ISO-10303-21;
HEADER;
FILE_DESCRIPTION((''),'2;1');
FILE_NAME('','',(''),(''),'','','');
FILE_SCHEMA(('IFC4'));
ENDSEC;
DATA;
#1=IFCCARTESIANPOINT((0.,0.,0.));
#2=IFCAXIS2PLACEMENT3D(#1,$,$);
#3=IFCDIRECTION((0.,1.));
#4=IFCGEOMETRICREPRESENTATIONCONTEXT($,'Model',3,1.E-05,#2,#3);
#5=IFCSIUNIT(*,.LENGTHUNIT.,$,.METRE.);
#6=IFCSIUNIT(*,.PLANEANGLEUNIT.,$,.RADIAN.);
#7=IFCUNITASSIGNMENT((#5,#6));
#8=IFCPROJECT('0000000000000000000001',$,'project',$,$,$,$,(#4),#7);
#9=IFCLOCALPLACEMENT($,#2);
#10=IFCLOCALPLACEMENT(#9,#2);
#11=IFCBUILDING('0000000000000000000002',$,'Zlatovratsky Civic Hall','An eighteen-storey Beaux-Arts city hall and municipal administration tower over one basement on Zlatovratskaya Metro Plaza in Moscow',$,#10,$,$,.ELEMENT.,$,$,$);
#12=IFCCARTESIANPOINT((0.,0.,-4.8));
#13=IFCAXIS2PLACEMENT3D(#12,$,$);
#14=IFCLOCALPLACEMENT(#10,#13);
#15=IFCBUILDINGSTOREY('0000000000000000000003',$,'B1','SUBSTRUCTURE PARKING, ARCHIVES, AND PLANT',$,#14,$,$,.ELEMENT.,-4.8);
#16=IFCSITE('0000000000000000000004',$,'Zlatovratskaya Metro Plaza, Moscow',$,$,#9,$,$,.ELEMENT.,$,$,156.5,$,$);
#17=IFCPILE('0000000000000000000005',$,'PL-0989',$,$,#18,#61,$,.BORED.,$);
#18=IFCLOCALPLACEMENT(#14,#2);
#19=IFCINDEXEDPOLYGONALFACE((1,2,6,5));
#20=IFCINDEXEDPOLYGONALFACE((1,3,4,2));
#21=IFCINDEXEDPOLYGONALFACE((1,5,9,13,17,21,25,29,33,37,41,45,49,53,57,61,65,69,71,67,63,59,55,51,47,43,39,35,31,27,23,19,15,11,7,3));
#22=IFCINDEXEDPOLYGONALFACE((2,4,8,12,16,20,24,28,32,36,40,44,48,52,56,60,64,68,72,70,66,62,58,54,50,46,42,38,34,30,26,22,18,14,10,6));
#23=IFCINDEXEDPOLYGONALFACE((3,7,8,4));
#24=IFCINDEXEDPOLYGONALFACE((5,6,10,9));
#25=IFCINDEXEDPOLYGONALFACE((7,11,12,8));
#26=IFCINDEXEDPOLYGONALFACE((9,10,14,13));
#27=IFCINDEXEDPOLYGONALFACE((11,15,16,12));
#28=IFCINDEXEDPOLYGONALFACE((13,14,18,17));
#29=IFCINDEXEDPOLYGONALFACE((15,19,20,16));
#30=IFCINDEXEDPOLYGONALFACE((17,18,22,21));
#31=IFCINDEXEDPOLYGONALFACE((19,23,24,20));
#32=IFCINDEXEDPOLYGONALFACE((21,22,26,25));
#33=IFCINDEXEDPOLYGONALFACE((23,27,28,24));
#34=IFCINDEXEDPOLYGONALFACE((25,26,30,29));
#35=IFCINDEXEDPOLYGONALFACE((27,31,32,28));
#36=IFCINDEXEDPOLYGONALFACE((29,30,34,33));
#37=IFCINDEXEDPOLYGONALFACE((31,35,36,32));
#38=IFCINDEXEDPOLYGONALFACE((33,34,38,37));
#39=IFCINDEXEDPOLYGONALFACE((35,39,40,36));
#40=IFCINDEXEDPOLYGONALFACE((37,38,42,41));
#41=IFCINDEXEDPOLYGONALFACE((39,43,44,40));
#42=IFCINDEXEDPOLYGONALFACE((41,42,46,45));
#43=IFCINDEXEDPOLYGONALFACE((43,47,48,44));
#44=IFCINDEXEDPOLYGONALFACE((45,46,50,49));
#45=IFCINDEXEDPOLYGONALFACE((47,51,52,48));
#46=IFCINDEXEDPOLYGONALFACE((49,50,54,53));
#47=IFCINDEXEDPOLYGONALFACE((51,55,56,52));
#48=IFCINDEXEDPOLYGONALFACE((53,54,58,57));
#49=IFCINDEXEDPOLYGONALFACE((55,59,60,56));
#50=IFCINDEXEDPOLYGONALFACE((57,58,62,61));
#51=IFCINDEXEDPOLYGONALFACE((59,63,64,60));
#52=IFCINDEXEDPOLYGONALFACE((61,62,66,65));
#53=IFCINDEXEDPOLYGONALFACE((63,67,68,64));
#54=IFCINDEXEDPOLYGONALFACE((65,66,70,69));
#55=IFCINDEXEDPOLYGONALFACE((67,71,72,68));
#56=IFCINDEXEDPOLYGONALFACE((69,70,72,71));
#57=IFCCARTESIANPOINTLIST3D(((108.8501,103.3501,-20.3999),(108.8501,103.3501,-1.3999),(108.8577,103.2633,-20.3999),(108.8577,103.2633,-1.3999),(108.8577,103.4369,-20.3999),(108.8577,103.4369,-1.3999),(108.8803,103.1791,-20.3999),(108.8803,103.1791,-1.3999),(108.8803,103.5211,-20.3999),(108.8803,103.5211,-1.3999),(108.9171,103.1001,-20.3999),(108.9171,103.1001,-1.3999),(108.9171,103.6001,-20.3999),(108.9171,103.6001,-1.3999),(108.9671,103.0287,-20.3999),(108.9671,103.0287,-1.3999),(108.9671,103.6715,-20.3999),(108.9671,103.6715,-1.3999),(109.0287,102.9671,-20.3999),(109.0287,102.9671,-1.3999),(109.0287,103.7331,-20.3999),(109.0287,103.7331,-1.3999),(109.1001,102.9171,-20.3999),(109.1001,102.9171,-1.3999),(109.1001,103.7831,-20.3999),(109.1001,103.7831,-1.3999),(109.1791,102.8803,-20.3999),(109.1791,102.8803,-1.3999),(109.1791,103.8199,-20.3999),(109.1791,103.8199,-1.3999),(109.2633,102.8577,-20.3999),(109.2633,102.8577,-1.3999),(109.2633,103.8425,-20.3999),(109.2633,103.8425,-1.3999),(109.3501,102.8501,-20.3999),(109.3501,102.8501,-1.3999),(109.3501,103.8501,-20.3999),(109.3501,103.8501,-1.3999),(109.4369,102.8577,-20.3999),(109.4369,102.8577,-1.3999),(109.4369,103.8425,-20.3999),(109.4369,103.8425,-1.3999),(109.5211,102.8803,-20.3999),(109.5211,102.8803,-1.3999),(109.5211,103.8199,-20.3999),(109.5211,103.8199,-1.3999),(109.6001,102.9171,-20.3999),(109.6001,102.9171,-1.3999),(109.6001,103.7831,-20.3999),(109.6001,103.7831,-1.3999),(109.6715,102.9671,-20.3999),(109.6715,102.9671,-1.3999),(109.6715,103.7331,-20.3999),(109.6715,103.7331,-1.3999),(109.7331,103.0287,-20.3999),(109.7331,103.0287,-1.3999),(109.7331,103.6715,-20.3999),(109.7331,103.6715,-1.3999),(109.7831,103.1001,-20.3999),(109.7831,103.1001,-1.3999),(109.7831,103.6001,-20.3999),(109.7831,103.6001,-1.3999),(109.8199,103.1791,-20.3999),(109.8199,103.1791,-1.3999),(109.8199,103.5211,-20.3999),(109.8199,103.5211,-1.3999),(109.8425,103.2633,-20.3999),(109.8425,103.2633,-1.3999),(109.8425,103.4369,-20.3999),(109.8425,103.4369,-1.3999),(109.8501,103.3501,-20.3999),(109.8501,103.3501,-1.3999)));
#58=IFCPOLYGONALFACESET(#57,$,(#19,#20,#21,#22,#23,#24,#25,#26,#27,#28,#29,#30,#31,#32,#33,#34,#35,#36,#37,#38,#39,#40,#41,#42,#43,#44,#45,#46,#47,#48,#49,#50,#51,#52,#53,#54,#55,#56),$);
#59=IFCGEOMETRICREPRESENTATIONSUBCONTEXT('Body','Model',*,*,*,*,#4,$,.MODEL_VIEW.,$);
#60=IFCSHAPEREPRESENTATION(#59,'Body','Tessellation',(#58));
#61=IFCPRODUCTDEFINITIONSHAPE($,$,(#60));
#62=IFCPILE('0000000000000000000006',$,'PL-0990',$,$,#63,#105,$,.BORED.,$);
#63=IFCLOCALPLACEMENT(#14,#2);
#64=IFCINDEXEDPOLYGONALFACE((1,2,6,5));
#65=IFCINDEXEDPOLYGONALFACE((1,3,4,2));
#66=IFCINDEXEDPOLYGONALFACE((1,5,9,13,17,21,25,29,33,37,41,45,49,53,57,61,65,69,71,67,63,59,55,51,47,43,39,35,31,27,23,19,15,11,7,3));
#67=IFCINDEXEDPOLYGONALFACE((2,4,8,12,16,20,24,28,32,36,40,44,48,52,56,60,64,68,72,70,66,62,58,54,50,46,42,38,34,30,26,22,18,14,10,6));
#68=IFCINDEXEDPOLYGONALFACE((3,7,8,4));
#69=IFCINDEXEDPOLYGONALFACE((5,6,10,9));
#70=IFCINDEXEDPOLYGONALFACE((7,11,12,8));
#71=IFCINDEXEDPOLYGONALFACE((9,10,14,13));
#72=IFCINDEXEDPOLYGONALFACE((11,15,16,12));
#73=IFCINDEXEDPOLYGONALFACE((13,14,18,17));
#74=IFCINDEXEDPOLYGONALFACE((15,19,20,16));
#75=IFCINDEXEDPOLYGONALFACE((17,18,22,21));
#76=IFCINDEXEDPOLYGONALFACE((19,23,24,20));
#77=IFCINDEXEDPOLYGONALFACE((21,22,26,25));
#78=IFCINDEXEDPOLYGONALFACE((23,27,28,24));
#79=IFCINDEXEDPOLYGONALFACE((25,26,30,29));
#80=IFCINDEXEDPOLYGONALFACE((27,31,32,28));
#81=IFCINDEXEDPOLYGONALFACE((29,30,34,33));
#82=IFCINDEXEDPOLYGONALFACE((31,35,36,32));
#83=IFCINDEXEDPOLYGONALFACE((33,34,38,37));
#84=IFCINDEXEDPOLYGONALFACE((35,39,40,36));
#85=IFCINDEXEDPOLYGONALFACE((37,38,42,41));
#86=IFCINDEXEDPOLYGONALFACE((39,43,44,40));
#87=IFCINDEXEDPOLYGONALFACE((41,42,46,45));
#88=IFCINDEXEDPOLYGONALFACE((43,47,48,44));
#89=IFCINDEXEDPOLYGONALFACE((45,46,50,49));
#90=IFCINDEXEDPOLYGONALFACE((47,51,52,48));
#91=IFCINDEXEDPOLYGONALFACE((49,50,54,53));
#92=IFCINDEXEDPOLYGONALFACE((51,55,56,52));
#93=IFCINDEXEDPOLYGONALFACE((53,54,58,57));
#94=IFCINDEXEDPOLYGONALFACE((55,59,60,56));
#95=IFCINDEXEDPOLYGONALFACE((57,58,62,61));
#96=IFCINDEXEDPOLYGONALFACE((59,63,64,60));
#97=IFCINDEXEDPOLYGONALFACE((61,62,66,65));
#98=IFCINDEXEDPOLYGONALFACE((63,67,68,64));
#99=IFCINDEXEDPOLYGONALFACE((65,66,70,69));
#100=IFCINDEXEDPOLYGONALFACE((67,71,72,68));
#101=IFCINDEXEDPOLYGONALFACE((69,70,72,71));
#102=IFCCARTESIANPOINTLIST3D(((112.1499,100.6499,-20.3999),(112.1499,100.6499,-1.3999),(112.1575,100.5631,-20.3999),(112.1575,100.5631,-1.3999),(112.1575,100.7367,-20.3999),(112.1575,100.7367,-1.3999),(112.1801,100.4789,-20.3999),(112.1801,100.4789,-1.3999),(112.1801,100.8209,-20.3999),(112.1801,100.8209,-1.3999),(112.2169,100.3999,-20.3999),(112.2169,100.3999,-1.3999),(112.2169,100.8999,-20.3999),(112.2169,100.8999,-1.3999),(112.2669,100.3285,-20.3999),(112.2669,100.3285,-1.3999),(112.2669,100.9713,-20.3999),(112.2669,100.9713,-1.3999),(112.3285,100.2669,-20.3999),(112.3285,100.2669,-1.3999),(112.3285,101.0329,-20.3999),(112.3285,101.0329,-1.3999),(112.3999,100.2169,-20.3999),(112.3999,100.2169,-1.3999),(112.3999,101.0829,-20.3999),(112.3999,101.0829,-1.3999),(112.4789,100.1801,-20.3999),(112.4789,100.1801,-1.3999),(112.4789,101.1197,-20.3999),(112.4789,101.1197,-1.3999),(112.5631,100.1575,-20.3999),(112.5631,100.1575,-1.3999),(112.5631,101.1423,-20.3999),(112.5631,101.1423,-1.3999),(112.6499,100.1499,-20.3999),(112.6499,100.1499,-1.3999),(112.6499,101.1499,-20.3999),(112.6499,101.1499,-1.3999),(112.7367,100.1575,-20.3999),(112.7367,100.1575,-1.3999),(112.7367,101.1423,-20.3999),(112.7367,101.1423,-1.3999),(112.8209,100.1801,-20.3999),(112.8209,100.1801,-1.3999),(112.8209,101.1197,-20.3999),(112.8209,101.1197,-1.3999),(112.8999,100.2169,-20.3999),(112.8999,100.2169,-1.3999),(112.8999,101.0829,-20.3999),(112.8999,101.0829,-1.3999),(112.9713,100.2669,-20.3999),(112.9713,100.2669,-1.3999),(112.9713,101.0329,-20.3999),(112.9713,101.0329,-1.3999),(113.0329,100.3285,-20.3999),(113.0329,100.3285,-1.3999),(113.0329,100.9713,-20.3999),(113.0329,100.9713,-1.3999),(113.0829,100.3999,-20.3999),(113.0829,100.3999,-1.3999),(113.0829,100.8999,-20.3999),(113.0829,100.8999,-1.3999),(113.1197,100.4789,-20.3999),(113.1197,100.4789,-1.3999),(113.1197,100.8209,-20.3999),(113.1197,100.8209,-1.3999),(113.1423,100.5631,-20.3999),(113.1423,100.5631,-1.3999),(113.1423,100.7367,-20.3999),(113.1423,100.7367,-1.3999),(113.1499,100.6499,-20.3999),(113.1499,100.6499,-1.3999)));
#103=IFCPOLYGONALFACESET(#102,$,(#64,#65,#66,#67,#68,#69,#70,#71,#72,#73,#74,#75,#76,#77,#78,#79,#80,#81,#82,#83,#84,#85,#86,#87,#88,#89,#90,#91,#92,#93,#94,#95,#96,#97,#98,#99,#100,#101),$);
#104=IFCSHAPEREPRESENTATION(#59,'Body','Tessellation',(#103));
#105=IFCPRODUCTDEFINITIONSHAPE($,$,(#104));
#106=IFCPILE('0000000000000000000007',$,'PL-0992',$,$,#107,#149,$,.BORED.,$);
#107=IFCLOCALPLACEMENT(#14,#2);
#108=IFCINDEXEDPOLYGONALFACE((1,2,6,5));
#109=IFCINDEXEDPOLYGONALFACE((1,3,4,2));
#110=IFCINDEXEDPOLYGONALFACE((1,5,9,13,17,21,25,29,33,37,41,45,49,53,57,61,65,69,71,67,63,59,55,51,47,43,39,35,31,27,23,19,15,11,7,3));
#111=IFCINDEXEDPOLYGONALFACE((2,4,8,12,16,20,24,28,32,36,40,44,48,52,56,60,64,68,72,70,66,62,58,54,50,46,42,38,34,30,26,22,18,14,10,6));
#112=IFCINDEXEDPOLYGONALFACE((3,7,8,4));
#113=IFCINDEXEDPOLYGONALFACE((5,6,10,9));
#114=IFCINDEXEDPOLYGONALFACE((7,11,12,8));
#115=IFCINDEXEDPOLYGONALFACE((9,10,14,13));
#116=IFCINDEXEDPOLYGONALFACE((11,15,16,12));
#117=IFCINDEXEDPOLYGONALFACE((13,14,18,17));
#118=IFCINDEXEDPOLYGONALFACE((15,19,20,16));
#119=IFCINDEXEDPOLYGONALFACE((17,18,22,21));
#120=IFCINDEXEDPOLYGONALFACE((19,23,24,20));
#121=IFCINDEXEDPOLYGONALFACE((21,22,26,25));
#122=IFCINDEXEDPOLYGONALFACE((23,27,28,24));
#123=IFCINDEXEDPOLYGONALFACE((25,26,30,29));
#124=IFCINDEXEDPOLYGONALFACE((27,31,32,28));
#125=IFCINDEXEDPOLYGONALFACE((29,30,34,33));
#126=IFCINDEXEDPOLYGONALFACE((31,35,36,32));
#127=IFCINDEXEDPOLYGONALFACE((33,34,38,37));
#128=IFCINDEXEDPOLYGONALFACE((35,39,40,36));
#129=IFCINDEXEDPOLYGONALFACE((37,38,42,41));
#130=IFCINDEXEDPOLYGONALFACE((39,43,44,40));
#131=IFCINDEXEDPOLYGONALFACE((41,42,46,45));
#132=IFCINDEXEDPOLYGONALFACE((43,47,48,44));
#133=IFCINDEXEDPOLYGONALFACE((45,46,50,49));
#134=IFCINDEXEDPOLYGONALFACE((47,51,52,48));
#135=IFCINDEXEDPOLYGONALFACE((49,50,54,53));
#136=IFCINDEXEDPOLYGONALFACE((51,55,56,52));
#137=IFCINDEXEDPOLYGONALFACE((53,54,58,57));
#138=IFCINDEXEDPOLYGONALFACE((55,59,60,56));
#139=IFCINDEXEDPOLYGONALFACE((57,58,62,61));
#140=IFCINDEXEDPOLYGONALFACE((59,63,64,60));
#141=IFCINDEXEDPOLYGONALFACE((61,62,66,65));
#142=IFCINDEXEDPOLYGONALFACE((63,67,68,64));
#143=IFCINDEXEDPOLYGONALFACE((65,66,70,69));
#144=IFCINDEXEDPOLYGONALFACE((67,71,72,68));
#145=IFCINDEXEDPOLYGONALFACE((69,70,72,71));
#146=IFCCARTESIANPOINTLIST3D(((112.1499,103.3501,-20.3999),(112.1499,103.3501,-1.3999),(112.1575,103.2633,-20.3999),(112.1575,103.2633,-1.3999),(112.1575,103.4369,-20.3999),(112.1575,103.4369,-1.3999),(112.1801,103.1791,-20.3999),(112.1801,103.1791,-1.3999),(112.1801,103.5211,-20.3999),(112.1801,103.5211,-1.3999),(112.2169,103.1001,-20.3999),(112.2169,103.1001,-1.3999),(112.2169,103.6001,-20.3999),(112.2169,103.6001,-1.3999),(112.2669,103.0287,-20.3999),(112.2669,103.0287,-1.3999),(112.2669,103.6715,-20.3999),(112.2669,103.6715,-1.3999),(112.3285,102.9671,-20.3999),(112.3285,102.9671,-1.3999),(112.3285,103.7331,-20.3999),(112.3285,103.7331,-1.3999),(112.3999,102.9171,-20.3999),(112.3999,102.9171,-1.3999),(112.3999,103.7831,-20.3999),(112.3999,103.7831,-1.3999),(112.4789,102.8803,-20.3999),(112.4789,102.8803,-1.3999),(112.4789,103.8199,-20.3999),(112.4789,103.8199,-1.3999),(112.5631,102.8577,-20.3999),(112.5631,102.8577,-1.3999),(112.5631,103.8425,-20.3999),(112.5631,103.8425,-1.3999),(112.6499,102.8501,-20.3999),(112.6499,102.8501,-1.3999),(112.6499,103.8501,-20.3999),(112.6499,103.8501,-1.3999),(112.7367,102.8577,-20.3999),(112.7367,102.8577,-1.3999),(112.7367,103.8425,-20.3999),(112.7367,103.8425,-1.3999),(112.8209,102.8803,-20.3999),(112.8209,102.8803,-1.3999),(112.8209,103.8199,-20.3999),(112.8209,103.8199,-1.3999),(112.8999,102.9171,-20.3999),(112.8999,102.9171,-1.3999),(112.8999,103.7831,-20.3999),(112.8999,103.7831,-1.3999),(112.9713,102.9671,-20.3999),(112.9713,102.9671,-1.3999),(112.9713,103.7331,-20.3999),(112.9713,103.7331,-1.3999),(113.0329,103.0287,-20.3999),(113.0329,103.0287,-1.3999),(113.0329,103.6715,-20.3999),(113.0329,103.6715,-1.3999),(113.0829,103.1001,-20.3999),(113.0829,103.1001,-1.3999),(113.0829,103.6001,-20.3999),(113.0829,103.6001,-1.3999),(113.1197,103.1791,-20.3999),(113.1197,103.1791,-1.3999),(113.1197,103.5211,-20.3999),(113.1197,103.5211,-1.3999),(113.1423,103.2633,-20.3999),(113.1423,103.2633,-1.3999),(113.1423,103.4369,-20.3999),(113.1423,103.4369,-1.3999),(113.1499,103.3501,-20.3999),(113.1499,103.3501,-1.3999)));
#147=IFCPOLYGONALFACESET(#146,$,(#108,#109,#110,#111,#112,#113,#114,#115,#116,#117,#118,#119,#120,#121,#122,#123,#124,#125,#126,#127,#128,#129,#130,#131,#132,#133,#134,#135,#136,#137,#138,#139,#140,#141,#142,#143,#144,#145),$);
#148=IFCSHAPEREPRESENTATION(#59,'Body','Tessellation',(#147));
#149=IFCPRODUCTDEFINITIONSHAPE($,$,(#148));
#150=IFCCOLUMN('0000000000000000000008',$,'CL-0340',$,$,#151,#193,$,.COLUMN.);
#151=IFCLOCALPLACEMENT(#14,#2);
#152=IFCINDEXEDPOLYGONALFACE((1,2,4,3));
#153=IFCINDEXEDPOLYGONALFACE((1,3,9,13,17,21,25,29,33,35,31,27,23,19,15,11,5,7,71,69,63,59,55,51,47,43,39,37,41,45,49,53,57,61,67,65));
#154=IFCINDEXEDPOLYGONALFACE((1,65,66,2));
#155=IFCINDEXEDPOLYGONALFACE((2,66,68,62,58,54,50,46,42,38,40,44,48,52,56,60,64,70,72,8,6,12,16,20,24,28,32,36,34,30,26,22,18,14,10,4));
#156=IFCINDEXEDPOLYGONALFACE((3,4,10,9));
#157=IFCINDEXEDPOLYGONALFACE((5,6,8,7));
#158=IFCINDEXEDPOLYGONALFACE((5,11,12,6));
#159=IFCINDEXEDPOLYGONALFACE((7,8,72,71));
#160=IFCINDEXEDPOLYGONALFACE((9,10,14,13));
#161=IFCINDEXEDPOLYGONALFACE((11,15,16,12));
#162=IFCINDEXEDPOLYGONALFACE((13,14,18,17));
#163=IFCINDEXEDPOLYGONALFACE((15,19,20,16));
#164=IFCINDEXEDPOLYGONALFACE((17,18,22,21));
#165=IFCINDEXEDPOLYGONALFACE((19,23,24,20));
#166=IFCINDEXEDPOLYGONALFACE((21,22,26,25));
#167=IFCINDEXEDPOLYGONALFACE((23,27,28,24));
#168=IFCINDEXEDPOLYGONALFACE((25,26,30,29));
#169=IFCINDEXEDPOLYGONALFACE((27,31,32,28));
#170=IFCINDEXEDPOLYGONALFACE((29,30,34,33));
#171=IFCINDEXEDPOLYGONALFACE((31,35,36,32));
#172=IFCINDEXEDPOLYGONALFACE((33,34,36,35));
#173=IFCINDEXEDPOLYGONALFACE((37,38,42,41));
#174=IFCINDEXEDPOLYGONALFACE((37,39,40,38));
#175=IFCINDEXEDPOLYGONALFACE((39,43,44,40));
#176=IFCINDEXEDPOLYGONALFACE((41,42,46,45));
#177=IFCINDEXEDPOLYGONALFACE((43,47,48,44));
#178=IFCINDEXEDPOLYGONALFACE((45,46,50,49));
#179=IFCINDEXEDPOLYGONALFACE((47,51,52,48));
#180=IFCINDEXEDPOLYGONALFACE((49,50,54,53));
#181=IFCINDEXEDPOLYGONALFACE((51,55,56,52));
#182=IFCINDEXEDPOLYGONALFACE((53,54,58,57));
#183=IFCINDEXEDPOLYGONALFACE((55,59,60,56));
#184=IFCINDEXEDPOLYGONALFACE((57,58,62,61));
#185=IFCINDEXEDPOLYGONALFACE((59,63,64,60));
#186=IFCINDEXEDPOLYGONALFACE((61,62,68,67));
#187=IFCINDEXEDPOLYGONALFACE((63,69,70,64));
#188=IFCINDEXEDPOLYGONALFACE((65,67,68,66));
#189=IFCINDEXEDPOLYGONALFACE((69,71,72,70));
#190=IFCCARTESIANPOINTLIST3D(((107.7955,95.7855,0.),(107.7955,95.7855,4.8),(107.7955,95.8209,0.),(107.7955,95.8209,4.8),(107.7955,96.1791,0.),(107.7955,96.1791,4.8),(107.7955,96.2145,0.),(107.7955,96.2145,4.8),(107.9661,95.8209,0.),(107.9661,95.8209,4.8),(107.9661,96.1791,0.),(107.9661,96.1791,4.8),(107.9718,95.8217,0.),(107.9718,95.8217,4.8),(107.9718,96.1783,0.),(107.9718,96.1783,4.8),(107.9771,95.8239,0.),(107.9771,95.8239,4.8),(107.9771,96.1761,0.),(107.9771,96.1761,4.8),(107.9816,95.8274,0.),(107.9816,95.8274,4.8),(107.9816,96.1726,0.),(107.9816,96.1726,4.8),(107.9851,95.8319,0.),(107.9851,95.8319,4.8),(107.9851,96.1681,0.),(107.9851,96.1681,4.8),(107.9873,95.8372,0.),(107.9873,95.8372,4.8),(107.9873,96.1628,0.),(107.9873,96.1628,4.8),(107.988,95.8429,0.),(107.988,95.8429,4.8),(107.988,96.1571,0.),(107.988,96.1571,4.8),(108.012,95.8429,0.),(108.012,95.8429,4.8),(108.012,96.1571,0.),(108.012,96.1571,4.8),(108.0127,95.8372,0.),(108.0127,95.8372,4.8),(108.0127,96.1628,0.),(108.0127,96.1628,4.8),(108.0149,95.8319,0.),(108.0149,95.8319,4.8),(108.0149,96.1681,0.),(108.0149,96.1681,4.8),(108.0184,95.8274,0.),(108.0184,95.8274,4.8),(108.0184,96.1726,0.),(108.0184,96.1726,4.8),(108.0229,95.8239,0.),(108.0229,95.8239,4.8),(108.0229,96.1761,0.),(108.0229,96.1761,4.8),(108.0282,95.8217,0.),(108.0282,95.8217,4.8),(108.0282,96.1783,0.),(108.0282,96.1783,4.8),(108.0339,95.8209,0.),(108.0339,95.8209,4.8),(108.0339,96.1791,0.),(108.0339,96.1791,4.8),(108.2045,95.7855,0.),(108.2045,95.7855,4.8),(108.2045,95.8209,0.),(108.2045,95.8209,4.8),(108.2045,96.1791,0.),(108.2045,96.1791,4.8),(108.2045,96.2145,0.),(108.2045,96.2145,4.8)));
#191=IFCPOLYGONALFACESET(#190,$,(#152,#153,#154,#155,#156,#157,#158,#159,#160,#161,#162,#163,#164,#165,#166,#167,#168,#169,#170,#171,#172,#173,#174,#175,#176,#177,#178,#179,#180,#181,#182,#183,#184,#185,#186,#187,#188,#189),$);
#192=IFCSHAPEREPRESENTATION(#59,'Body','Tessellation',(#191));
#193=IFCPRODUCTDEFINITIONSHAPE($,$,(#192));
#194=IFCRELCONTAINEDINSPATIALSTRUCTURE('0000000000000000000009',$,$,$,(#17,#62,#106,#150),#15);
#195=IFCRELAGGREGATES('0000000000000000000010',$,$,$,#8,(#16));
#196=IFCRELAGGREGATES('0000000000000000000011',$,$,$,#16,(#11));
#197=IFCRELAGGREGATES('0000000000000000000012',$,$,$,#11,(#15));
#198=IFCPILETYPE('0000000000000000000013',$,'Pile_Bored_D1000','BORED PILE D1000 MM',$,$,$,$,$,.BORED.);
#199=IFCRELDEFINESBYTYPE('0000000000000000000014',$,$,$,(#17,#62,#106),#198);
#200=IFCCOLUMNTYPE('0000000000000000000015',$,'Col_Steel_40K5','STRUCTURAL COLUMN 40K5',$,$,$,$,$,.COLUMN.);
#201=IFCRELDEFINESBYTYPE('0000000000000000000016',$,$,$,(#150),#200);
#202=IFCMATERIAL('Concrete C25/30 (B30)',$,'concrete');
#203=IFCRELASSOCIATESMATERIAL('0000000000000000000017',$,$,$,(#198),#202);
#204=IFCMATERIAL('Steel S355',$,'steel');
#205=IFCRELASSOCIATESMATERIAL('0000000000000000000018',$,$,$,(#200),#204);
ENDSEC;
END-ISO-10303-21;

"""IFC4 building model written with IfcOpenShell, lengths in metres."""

from ifc_helpers import new_model, si_unit, direction, frame, origin, origin_2d, place, context, subcontext, project, spatial, circle, i_section, extrude, material, material_profile, profile_set, type_object, element, save


model = new_model("IFC4")

# Units and contexts
model_context = context("Model", 3, precision=1e-05, world=origin(), true_north=direction((0.0, 1.0)))
body_context = subcontext(model_context, "Body", "Model", "MODEL_VIEW")
ifc_project = project(units=[si_unit("LENGTHUNIT", "METRE"), si_unit("PLANEANGLEUNIT", "RADIAN")], contexts=[model_context])

# Site, building, storey
site_placement = place(None, origin())
site = spatial("IfcSite", under=ifc_project, at=site_placement, Name="Zlatovratskaya Metro Plaza, Moscow", CompositionType="ELEMENT", RefElevation=156.5)
building_placement = place(site_placement, origin())
building = spatial("IfcBuilding", under=site, at=building_placement, Name="Zlatovratsky Civic Hall", Description="An eighteen-storey Beaux-Arts city hall and municipal administration tower over one basement on Zlatovratskaya Metro Plaza in Moscow", CompositionType="ELEMENT")
storey_placement = place(building_placement, frame((0.0, 0.0, -4.8)))
storey = spatial("IfcBuildingStorey", under=building, at=storey_placement, Name="B1", Description="SUBSTRUCTURE PARKING, ARCHIVES, AND PLANT", CompositionType="ELEMENT", Elevation=-4.8)

# Shared definitions
ifc_material_1 = material(Name="Concrete C25/30 (B30)", Category="concrete")

# Piles
ifc_material_profile_1 = material_profile(ifc_material_1, circle(Radius=0.5, at=origin_2d()), Name="PILE D1000")
ifc_profile_set_1 = profile_set([ifc_material_profile_1], Name="Concrete C25/30 (B30)")
pile_type = type_object("IfcPileType", Name="Pile_Bored_D1000", Description="BORED PILE D1000 MM", PredefinedType="BORED", material=ifc_profile_set_1)
for number, where, z_axis, x_axis, name in (
    (1, (109.3501, 103.3501, -1.3999), (0.0, 0.0, -1.0), (1.0, 0.0, 0.0), "PL-0989"),
    (2, (112.6499, 100.6499, -1.3999), (0.0, 0.0, -1.0), (1.0, 0.0, 0.0), "PL-0990"),
    (3, (112.6499, 103.3501, -1.3999), (0.0, 0.0, -1.0), (1.0, 0.0, 0.0), "PL-0992"),
):
    element("IfcPile", number, at=place(storey_placement, frame(where, z_axis=z_axis, x_axis=x_axis)), inside=storey, type_object=pile_type, Name=name, PredefinedType="BORED", context=body_context, shape_type="SweptSolid", body=[
        extrude(circle(Radius=0.5, at=origin_2d()), origin(), (0.0, 0.0, 1.0), 19.0),
    ])

# Column
ifc_material_2 = material(Name="Steel S355", Category="steel")
ifc_material_profile_2 = material_profile(ifc_material_2, i_section(OverallWidth=0.4089, OverallDepth=0.429, WebThickness=0.0239, FlangeThickness=0.0354, FilletRadius=0.022, at=origin_2d()), Name="40K5")
ifc_profile_set_2 = profile_set([ifc_material_profile_2], Name="Steel S355")
column_type = type_object("IfcColumnType", Name="Col_Steel_40K5", Description="STRUCTURAL COLUMN 40K5", PredefinedType="COLUMN", material=ifc_profile_set_2)
for number, where, z_axis, x_axis, name in (
    (4, (108.0, 96.0, 0.0), (0.0, 0.0, 1.0), (1.0, 0.0, 0.0), "CL-0340"),
):
    element("IfcColumn", number, at=place(storey_placement, frame(where, z_axis=z_axis, x_axis=x_axis)), inside=storey, type_object=column_type, Name=name, PredefinedType="COLUMN", context=body_context, shape_type="SweptSolid", body=[
        extrude(i_section(OverallWidth=0.4089, OverallDepth=0.429, WebThickness=0.0239, FlangeThickness=0.0354, FilletRadius=0.022, at=origin_2d()), origin(), (0.0, 0.0, 1.0), 4.8),
    ])

save(model, "model.ifc")
